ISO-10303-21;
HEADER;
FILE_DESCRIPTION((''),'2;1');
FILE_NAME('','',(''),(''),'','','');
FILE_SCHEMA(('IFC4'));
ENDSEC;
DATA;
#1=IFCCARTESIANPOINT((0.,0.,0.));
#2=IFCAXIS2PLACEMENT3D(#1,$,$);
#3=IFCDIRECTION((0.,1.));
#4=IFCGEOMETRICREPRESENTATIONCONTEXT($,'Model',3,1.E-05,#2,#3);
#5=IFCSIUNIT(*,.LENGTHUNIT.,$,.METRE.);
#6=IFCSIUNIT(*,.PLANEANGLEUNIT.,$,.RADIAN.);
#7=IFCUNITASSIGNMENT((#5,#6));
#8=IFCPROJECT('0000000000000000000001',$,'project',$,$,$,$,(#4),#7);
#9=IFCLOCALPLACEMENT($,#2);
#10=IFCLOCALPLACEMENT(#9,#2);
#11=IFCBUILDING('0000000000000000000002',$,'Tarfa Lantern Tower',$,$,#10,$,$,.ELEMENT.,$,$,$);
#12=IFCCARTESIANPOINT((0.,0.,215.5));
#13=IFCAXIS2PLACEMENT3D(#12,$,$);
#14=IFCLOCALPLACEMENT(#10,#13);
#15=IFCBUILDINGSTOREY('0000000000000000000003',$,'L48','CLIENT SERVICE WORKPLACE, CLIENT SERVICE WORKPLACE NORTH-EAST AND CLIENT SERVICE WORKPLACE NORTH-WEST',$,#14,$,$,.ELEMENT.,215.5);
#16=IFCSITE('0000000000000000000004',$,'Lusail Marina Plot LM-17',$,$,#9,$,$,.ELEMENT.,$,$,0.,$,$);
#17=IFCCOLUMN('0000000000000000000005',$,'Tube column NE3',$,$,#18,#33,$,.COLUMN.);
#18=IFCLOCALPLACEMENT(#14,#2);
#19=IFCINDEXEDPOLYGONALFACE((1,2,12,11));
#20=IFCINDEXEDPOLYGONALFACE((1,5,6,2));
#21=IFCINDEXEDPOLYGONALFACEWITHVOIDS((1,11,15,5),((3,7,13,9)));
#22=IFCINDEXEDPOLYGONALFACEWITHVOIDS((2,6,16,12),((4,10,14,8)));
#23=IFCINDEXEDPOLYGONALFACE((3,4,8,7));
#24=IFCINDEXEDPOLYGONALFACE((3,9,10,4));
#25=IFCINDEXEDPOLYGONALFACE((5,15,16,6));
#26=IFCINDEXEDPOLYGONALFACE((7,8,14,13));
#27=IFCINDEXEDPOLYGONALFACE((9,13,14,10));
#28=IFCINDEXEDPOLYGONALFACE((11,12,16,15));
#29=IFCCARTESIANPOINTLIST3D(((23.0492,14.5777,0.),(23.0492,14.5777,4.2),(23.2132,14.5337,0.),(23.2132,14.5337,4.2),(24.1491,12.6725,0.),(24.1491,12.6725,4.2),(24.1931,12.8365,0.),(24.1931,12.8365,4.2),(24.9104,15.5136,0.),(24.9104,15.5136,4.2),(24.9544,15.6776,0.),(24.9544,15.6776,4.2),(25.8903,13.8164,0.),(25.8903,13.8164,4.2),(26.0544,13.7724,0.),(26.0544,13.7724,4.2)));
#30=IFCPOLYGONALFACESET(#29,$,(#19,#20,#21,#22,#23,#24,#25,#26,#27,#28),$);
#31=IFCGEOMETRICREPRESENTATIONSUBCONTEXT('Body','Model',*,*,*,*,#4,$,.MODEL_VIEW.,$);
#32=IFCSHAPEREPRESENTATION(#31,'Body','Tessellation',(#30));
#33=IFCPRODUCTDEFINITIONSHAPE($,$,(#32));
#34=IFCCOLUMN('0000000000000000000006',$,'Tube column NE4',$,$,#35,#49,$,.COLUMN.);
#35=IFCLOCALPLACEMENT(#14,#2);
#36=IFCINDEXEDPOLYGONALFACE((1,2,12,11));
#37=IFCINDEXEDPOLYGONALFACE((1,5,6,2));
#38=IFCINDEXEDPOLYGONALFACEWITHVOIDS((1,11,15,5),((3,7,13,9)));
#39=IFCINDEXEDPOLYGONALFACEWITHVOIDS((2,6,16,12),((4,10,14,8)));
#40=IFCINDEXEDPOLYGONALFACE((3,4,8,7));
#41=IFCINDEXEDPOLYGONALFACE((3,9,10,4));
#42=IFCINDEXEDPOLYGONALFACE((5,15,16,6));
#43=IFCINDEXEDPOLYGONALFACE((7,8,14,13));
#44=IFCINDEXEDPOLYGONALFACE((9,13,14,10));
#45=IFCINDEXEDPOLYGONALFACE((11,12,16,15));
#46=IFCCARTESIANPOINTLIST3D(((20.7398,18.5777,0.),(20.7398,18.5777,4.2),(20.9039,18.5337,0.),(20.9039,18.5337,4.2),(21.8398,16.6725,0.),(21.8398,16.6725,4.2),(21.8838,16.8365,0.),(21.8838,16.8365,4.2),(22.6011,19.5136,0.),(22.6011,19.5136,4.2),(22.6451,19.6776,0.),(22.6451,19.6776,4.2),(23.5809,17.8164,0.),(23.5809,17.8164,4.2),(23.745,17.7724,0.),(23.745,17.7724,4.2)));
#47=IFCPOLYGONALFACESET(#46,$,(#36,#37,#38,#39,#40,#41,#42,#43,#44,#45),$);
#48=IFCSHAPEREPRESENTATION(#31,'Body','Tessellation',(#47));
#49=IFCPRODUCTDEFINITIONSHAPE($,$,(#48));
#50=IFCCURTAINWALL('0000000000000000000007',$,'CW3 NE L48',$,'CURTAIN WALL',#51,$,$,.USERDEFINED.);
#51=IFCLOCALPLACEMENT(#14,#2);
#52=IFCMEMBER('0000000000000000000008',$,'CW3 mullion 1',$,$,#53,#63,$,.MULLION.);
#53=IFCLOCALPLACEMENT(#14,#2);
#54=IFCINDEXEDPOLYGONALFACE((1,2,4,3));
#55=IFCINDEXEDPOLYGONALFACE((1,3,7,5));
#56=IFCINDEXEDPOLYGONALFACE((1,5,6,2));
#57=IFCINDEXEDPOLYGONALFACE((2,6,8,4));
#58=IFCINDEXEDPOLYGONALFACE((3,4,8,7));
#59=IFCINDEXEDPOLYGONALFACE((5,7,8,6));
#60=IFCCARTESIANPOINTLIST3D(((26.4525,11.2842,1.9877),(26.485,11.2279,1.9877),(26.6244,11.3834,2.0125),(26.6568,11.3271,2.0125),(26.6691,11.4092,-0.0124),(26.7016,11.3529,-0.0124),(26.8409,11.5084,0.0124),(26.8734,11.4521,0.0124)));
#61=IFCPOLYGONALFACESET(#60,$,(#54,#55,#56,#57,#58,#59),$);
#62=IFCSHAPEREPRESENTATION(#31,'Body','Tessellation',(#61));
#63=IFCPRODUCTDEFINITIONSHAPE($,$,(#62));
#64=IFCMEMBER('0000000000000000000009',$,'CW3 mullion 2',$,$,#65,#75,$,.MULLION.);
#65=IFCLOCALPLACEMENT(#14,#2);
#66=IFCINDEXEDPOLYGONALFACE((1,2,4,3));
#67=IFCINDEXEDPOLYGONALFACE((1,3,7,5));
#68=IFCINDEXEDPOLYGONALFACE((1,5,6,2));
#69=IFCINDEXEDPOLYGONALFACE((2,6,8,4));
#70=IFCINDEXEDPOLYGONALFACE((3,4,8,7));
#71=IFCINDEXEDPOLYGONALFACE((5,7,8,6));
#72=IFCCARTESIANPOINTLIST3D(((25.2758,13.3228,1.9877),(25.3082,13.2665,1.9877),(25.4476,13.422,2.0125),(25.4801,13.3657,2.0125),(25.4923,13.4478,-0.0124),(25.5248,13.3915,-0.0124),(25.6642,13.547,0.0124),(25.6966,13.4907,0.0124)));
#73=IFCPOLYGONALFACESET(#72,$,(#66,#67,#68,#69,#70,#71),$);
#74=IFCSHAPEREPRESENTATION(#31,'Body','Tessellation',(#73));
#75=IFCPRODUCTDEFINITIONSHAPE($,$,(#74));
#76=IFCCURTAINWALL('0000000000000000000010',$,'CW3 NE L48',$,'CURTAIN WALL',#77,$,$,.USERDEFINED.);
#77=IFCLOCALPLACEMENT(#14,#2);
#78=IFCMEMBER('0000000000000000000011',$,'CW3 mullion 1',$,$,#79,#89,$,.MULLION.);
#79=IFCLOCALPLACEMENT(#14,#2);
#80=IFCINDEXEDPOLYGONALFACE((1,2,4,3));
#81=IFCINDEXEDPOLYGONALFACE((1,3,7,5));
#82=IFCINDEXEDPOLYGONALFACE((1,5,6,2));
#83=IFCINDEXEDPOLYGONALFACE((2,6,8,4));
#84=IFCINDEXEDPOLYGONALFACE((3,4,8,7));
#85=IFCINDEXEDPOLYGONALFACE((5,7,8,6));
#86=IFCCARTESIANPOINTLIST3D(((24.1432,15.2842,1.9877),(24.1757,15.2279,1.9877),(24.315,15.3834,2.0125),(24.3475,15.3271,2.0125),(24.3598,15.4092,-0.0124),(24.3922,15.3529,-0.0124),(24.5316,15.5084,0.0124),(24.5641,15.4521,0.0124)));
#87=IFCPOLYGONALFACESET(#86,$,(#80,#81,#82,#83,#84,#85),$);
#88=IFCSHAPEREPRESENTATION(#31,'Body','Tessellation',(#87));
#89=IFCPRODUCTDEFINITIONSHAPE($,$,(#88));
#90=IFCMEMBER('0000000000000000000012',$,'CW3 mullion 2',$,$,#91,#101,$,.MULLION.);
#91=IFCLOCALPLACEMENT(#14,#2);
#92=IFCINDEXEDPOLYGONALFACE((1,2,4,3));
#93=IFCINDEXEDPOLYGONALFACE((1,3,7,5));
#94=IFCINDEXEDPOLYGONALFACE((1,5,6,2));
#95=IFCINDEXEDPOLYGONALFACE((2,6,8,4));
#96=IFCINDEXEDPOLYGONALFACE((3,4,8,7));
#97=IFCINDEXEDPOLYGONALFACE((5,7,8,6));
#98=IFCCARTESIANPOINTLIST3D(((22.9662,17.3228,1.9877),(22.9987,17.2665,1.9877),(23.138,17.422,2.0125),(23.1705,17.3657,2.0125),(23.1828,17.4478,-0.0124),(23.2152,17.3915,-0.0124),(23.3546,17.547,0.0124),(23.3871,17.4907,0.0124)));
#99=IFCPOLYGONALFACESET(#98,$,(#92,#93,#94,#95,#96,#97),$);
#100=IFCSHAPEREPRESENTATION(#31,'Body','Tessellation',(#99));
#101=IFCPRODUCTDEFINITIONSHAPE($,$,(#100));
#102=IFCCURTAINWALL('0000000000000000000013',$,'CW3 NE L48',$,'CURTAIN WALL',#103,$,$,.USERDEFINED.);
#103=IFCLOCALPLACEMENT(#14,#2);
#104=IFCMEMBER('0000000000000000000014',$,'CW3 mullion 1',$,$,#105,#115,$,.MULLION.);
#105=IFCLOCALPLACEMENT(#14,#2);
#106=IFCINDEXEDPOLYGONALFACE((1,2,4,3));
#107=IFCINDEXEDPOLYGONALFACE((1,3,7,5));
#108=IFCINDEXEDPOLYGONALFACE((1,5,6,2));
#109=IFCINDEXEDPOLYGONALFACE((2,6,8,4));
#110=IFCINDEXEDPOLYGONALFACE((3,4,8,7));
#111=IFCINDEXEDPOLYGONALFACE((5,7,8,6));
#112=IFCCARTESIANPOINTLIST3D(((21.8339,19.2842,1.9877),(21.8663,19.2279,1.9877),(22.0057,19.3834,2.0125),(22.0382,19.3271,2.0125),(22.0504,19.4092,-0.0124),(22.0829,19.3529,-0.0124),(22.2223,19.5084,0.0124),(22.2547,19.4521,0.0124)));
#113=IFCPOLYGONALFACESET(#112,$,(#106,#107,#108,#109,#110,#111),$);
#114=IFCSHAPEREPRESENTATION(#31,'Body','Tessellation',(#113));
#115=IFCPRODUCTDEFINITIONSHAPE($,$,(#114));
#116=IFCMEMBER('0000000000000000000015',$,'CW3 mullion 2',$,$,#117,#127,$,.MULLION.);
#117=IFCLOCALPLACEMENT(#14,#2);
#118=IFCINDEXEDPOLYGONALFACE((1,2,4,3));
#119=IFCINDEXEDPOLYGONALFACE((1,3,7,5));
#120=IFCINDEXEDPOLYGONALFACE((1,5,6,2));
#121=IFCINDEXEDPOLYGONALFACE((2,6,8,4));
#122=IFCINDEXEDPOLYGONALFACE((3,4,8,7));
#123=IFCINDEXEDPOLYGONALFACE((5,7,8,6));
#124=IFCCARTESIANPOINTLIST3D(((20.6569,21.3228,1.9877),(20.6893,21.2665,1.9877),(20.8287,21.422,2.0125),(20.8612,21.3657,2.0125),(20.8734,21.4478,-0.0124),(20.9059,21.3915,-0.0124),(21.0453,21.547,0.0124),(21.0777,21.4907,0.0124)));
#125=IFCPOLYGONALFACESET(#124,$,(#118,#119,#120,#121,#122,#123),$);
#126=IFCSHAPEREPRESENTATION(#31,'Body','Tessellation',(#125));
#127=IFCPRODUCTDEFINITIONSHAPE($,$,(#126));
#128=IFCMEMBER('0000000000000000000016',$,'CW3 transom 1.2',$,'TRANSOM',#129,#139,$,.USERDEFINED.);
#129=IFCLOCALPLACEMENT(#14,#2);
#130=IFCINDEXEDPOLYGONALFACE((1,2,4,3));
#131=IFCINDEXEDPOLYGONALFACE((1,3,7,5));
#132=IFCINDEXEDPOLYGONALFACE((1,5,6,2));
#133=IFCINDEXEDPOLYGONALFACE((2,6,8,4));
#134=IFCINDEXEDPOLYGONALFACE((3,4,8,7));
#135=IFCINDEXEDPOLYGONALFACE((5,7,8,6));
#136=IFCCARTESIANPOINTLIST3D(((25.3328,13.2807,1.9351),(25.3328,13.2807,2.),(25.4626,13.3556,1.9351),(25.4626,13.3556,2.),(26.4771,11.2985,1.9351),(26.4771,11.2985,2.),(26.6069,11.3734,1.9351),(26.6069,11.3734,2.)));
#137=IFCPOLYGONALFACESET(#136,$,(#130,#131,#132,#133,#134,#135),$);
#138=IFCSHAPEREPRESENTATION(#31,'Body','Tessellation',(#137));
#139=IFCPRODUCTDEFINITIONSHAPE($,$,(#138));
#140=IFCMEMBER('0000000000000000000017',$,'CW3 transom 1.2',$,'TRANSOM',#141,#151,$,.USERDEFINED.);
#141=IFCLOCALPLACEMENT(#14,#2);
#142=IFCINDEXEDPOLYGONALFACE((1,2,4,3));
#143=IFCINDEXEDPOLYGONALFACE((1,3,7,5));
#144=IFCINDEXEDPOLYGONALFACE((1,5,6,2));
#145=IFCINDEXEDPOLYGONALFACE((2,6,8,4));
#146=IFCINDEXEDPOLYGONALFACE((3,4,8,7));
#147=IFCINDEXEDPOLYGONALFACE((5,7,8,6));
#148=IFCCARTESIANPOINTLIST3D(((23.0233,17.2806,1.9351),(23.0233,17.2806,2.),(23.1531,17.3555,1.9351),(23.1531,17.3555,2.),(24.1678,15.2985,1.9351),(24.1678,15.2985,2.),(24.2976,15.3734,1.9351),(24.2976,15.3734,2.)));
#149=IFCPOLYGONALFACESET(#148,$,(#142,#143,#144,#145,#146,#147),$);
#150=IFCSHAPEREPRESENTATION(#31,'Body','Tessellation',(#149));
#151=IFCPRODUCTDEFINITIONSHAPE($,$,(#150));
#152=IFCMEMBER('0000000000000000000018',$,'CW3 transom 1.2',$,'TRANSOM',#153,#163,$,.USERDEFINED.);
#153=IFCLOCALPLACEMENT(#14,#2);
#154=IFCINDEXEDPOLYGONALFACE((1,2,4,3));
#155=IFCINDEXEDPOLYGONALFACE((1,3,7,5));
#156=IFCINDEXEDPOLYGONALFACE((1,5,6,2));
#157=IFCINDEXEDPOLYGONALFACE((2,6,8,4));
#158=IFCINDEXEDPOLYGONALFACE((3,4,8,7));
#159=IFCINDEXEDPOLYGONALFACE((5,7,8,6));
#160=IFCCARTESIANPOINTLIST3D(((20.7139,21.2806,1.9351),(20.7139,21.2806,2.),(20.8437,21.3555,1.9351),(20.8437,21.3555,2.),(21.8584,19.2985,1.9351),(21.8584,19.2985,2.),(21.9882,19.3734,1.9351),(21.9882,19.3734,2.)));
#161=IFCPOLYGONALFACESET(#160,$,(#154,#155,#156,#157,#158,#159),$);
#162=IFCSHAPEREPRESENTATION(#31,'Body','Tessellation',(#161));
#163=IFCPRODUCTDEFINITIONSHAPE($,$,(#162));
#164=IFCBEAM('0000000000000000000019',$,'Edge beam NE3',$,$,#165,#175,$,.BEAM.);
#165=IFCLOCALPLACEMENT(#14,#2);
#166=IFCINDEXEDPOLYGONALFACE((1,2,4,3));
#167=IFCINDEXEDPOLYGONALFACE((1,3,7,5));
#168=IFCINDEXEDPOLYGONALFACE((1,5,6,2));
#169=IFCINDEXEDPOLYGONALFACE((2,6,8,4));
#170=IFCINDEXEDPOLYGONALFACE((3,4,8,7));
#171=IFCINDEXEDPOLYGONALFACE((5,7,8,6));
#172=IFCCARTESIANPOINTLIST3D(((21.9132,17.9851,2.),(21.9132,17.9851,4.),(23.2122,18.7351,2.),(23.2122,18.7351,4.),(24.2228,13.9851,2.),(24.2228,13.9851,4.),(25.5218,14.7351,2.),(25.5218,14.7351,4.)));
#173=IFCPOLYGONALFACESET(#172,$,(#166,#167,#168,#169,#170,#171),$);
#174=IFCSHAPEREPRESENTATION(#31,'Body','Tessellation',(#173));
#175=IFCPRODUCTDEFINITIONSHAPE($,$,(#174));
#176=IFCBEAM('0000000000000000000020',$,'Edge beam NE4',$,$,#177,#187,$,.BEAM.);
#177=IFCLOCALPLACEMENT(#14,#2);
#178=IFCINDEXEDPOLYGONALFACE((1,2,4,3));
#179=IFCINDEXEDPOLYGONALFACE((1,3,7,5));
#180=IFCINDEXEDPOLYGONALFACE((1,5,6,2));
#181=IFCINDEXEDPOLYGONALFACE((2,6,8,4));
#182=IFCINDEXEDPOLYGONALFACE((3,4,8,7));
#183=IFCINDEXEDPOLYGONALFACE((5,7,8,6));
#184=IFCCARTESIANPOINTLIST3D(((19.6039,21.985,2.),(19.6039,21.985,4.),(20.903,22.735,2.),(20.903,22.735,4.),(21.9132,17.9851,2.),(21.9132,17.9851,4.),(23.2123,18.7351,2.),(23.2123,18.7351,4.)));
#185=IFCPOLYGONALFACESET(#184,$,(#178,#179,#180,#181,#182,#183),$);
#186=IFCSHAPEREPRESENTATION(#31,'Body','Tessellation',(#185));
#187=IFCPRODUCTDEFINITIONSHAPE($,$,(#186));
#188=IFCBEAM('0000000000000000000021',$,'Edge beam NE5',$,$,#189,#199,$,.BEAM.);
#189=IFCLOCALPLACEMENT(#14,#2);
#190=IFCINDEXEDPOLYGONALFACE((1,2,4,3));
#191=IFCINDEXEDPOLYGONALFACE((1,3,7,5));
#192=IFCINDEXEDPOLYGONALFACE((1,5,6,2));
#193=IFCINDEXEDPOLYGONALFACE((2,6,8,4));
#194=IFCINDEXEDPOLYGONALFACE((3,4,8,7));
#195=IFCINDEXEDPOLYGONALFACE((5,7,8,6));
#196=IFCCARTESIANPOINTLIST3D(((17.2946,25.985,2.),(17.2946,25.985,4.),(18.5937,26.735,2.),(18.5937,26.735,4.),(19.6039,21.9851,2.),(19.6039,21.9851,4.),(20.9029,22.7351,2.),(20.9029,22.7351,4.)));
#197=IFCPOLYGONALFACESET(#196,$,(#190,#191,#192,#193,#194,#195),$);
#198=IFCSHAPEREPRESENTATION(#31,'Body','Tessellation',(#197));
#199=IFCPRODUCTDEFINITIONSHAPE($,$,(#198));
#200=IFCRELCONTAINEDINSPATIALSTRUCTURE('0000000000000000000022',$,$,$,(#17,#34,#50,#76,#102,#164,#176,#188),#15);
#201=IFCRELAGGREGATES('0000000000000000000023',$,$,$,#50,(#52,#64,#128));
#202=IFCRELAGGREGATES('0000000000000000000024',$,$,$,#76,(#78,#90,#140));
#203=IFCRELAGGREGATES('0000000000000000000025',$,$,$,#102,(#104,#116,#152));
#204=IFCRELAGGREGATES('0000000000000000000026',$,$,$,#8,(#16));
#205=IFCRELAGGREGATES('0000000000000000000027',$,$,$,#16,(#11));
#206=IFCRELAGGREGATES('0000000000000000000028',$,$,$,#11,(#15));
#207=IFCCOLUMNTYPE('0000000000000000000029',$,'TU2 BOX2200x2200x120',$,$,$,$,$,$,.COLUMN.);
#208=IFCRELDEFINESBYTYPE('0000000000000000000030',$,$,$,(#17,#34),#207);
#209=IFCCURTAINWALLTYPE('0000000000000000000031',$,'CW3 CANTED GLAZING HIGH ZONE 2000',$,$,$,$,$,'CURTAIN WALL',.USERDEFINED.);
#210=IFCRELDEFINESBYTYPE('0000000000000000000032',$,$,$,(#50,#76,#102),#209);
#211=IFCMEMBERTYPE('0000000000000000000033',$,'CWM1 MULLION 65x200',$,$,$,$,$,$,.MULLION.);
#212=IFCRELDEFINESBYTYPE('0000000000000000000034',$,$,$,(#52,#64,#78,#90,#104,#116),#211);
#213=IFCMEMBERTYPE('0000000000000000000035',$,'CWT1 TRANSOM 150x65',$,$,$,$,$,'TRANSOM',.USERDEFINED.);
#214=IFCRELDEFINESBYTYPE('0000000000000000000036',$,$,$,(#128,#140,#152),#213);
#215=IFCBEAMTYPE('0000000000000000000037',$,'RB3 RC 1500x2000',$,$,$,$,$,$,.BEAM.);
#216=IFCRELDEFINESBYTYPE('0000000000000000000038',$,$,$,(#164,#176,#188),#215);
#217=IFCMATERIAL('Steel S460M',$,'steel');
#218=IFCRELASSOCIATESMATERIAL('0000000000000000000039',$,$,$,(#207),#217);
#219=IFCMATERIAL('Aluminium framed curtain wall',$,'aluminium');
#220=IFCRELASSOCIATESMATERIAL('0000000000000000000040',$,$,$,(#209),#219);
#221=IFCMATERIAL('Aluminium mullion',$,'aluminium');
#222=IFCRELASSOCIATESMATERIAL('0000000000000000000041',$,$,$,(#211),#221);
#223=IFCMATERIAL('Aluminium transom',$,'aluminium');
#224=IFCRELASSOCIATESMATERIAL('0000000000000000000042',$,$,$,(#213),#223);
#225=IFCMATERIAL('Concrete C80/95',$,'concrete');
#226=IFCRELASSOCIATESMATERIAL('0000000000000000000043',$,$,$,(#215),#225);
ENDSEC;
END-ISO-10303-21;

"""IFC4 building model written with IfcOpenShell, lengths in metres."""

from ifc_helpers import new_model, si_unit, direction, frame, origin, origin_2d, place, context, subcontext, project, spatial, rectangle, hollow_rectangle, extrude, material, material_profile, profile_set, type_object, element, aggregate, save


model = new_model("IFC4")

# Units and contexts
model_context = context("Model", 3, precision=1e-05, world=origin(), true_north=direction((0.0, 1.0)))
body_context = subcontext(model_context, "Body", "Model", "MODEL_VIEW")
ifc_project = project(units=[si_unit("LENGTHUNIT", "METRE"), si_unit("PLANEANGLEUNIT", "RADIAN")], contexts=[model_context])

# Site, building, storey
site_placement = place(None, origin())
site = spatial("IfcSite", under=ifc_project, at=site_placement, Name="Lusail Marina Plot LM-17", CompositionType="ELEMENT", RefElevation=0.0)
building_placement = place(site_placement, origin())
building = spatial("IfcBuilding", under=site, at=building_placement, Name="Tarfa Lantern Tower", CompositionType="ELEMENT")
storey_placement = place(building_placement, frame((0.0, 0.0, 215.5)))
storey = spatial("IfcBuildingStorey", under=building, at=storey_placement, Name="L48", Description="CLIENT SERVICE WORKPLACE, CLIENT SERVICE WORKPLACE NORTH-EAST AND CLIENT SERVICE WORKPLACE NORTH-WEST", CompositionType="ELEMENT", Elevation=215.5)

# Columns
ifc_material_1 = material(Name="Steel S460M", Category="steel")
ifc_material_profile_1 = material_profile(ifc_material_1, hollow_rectangle(XDim=2.2, YDim=2.2, WallThickness=0.1201, at=origin_2d()), Name="BOX2200x2200x120")
ifc_profile_set_1 = profile_set([ifc_material_profile_1], Name="Steel S460M")
column_type = type_object("IfcColumnType", Name="TU2 BOX2200x2200x120", PredefinedType="COLUMN", material=ifc_profile_set_1)
for number, where, z_axis, x_axis, name in (
    (1, (24.5518, 14.175, 0.0), (0.0, 0.0, 1.0), (-0.5, 0.866025, 0.0), "Tube column NE3"),
    (2, (22.2424, 18.175, 0.0), (0.0, 0.0, 1.0), (-0.5, 0.866025, 0.0), "Tube column NE4"),
):
    element("IfcColumn", number, at=place(storey_placement, frame(where, z_axis=z_axis, x_axis=x_axis)), inside=storey, type_object=column_type, Name=name, PredefinedType="COLUMN", context=body_context, shape_type="SweptSolid", body=[
        extrude(hollow_rectangle(XDim=2.2, YDim=2.2, WallThickness=0.1201, at=origin_2d()), origin(), (0.0, 0.0, 1.0), 4.2),
    ])

# Curtain walls, members
ifc_material_2 = material(Name="Aluminium framed curtain wall", Category="aluminium")
curtain_wall_type = type_object("IfcCurtainWallType", Name="CW3 CANTED GLAZING HIGH ZONE 2000", ElementType="CURTAIN WALL", PredefinedType="USERDEFINED", material=ifc_material_2)
curtain_wall_1_placement = place(storey_placement, origin())
curtain_wall_1 = element("IfcCurtainWall", 3, at=curtain_wall_1_placement, inside=storey, type_object=curtain_wall_type, Name="CW3 NE L48", ObjectType="CURTAIN WALL", PredefinedType="USERDEFINED")
ifc_material_3 = material(Name="Aluminium mullion", Category="aluminium")
ifc_material_profile_2 = material_profile(ifc_material_3, rectangle(XDim=0.0649, YDim=0.2, at=origin_2d()), Name="AL MULLION 65x200")
ifc_profile_set_2 = profile_set([ifc_material_profile_2], Name="Aluminium mullion")
member_type_1 = type_object("IfcMemberType", Name="CWM1 MULLION 65x200", PredefinedType="MULLION", material=ifc_profile_set_2)
member_1_placement = place(storey_placement, frame((26.7712, 11.4307, 0.0), z_axis=(-0.10744, -0.062017, 0.992275), x_axis=(0.49992, -0.866072, 0.0)))
member_1 = element("IfcMember", 4, at=member_1_placement, type_object=member_type_1, Name="CW3 mullion 1", PredefinedType="MULLION", context=body_context, shape_type="SweptSolid", body=[
    extrude(rectangle(XDim=0.0649, YDim=0.2, at=origin_2d()), origin(), (0.0, 0.0, 1.0), 2.0156),
])
member_2_placement = place(storey_placement, frame((25.5945, 13.4692, 0.0), z_axis=(-0.10744, -0.062017, 0.992275), x_axis=(0.49992, -0.866072, 0.0)))
member_2 = element("IfcMember", 5, at=member_2_placement, type_object=member_type_1, Name="CW3 mullion 2", PredefinedType="MULLION", context=body_context, shape_type="SweptSolid", body=[
    extrude(rectangle(XDim=0.0649, YDim=0.2, at=origin_2d()), origin(), (0.0, 0.0, 1.0), 2.0156),
])
curtain_wall_2_placement = place(storey_placement, origin())
curtain_wall_2 = element("IfcCurtainWall", 6, at=curtain_wall_2_placement, inside=storey, type_object=curtain_wall_type, Name="CW3 NE L48", ObjectType="CURTAIN WALL", PredefinedType="USERDEFINED")
member_3_placement = place(storey_placement, frame((24.4619, 15.4307, 0.0), z_axis=(-0.10744, -0.062017, 0.992275), x_axis=(0.49992, -0.866072, 0.0)))
member_3 = element("IfcMember", 7, at=member_3_placement, type_object=member_type_1, Name="CW3 mullion 1", PredefinedType="MULLION", context=body_context, shape_type="SweptSolid", body=[
    extrude(rectangle(XDim=0.0649, YDim=0.2, at=origin_2d()), origin(), (0.0, 0.0, 1.0), 2.0156),
])
member_4_placement = place(storey_placement, frame((23.2849, 17.4692, 0.0), z_axis=(-0.10744, -0.062017, 0.992275), x_axis=(0.49992, -0.866072, 0.0)))
member_4 = element("IfcMember", 8, at=member_4_placement, type_object=member_type_1, Name="CW3 mullion 2", PredefinedType="MULLION", context=body_context, shape_type="SweptSolid", body=[
    extrude(rectangle(XDim=0.0649, YDim=0.2, at=origin_2d()), origin(), (0.0, 0.0, 1.0), 2.0156),
])
curtain_wall_3_placement = place(storey_placement, origin())
curtain_wall_3 = element("IfcCurtainWall", 9, at=curtain_wall_3_placement, inside=storey, type_object=curtain_wall_type, Name="CW3 NE L48", ObjectType="CURTAIN WALL", PredefinedType="USERDEFINED")
member_5_placement = place(storey_placement, frame((22.1526, 19.4307, 0.0), z_axis=(-0.10744, -0.062017, 0.992275), x_axis=(0.49992, -0.866072, 0.0)))
member_5 = element("IfcMember", 10, at=member_5_placement, type_object=member_type_1, Name="CW3 mullion 1", PredefinedType="MULLION", context=body_context, shape_type="SweptSolid", body=[
    extrude(rectangle(XDim=0.0649, YDim=0.2, at=origin_2d()), origin(), (0.0, 0.0, 1.0), 2.0156),
])
member_6_placement = place(storey_placement, frame((20.9756, 21.4692, 0.0), z_axis=(-0.10744, -0.062017, 0.992275), x_axis=(0.49992, -0.866072, 0.0)))
member_6 = element("IfcMember", 11, at=member_6_placement, type_object=member_type_1, Name="CW3 mullion 2", PredefinedType="MULLION", context=body_context, shape_type="SweptSolid", body=[
    extrude(rectangle(XDim=0.0649, YDim=0.2, at=origin_2d()), origin(), (0.0, 0.0, 1.0), 2.0156),
])

# Members
ifc_material_4 = material(Name="Aluminium transom", Category="aluminium")
ifc_material_profile_3 = material_profile(ifc_material_4, rectangle(XDim=0.1499, YDim=0.0649, at=origin_2d()), Name="AL TRANSOM 150x65")
ifc_profile_set_3 = profile_set([ifc_material_profile_3], Name="Aluminium transom")
member_type_2 = type_object("IfcMemberType", Name="CWT1 TRANSOM 150x65", ElementType="TRANSOM", PredefinedType="USERDEFINED", material=ifc_profile_set_3)
member_7_placement = place(storey_placement, frame((26.542, 11.3359, 1.9675), z_axis=(-0.499959, 0.866049, 0.0), x_axis=(-0.866049, -0.499959, 0.0)))
member_7 = element("IfcMember", 12, at=member_7_placement, type_object=member_type_2, Name="CW3 transom 1.2", ObjectType="TRANSOM", PredefinedType="USERDEFINED", context=body_context, shape_type="SweptSolid", body=[
    extrude(rectangle(XDim=0.1499, YDim=0.0649, at=origin_2d()), origin(), (0.0, 0.0, 1.0), 2.2888),
])
member_8_placement = place(storey_placement, frame((24.2327, 15.3359, 1.9675), z_axis=(-0.500039, 0.866003, 0.0), x_axis=(-0.866003, -0.500039, 0.0)))
member_8 = element("IfcMember", 13, at=member_8_placement, type_object=member_type_2, Name="CW3 transom 1.2", ObjectType="TRANSOM", PredefinedType="USERDEFINED", context=body_context, shape_type="SweptSolid", body=[
    extrude(rectangle(XDim=0.1499, YDim=0.0649, at=origin_2d()), origin(), (0.0, 0.0, 1.0), 2.2888),
])
member_9_placement = place(storey_placement, frame((21.9233, 19.3359, 1.9675), z_axis=(-0.500039, 0.866003, 0.0), x_axis=(-0.866003, -0.500039, 0.0)))
member_9 = element("IfcMember", 14, at=member_9_placement, type_object=member_type_2, Name="CW3 transom 1.2", ObjectType="TRANSOM", PredefinedType="USERDEFINED", context=body_context, shape_type="SweptSolid", body=[
    extrude(rectangle(XDim=0.1499, YDim=0.0649, at=origin_2d()), origin(), (0.0, 0.0, 1.0), 2.2888),
])

# Beams
ifc_material_5 = material(Name="Concrete C80/95", Category="concrete")
ifc_material_profile_4 = material_profile(ifc_material_5, rectangle(XDim=1.5, YDim=2.0, at=origin_2d()), Name="RC 1500x2000")
ifc_profile_set_4 = profile_set([ifc_material_profile_4], Name="Concrete C80/95")
beam_type_1 = type_object("IfcBeamType", Name="RB3 RC 1500x2000", PredefinedType="BEAM", material=ifc_profile_set_4)
beam_1_placement = place(storey_placement, frame((24.8723, 14.3601, 3.0), z_axis=(-0.500027, 0.86601, 0.0), x_axis=(-0.86601, -0.500027, 0.0)))
element("IfcBeam", 15, at=beam_1_placement, inside=storey, type_object=beam_type_1, Name="Edge beam NE3", PredefinedType="BEAM", context=body_context, shape_type="SweptSolid", body=[
    extrude(rectangle(XDim=1.5, YDim=2.0, at=origin_2d()), origin(), (0.0, 0.0, 1.0), 4.6189),
])
for number, where, z_axis, x_axis, name in (
    (16, (22.5627, 18.3601, 3.0), (-0.499988, 0.866032, 0.0), (-0.866032, -0.499988, 0.0), "Edge beam NE4"),
    (17, (20.2534, 22.3601, 3.0), (-0.499988, 0.866032, 0.0), (-0.866032, -0.499988, 0.0), "Edge beam NE5"),
):
    element("IfcBeam", number, at=place(storey_placement, frame(where, z_axis=z_axis, x_axis=x_axis)), inside=storey, type_object=beam_type_1, Name=name, PredefinedType="BEAM", context=body_context, shape_type="SweptSolid", body=[
        extrude(rectangle(XDim=1.5, YDim=2.0, at=origin_2d()), origin(), (0.0, 0.0, 1.0), 4.6187),
    ])

aggregate(curtain_wall_1, [member_1, member_2, member_7])
aggregate(curtain_wall_2, [member_3, member_4, member_8])
aggregate(curtain_wall_3, [member_5, member_6, member_9])

save(model, "model.ifc")
